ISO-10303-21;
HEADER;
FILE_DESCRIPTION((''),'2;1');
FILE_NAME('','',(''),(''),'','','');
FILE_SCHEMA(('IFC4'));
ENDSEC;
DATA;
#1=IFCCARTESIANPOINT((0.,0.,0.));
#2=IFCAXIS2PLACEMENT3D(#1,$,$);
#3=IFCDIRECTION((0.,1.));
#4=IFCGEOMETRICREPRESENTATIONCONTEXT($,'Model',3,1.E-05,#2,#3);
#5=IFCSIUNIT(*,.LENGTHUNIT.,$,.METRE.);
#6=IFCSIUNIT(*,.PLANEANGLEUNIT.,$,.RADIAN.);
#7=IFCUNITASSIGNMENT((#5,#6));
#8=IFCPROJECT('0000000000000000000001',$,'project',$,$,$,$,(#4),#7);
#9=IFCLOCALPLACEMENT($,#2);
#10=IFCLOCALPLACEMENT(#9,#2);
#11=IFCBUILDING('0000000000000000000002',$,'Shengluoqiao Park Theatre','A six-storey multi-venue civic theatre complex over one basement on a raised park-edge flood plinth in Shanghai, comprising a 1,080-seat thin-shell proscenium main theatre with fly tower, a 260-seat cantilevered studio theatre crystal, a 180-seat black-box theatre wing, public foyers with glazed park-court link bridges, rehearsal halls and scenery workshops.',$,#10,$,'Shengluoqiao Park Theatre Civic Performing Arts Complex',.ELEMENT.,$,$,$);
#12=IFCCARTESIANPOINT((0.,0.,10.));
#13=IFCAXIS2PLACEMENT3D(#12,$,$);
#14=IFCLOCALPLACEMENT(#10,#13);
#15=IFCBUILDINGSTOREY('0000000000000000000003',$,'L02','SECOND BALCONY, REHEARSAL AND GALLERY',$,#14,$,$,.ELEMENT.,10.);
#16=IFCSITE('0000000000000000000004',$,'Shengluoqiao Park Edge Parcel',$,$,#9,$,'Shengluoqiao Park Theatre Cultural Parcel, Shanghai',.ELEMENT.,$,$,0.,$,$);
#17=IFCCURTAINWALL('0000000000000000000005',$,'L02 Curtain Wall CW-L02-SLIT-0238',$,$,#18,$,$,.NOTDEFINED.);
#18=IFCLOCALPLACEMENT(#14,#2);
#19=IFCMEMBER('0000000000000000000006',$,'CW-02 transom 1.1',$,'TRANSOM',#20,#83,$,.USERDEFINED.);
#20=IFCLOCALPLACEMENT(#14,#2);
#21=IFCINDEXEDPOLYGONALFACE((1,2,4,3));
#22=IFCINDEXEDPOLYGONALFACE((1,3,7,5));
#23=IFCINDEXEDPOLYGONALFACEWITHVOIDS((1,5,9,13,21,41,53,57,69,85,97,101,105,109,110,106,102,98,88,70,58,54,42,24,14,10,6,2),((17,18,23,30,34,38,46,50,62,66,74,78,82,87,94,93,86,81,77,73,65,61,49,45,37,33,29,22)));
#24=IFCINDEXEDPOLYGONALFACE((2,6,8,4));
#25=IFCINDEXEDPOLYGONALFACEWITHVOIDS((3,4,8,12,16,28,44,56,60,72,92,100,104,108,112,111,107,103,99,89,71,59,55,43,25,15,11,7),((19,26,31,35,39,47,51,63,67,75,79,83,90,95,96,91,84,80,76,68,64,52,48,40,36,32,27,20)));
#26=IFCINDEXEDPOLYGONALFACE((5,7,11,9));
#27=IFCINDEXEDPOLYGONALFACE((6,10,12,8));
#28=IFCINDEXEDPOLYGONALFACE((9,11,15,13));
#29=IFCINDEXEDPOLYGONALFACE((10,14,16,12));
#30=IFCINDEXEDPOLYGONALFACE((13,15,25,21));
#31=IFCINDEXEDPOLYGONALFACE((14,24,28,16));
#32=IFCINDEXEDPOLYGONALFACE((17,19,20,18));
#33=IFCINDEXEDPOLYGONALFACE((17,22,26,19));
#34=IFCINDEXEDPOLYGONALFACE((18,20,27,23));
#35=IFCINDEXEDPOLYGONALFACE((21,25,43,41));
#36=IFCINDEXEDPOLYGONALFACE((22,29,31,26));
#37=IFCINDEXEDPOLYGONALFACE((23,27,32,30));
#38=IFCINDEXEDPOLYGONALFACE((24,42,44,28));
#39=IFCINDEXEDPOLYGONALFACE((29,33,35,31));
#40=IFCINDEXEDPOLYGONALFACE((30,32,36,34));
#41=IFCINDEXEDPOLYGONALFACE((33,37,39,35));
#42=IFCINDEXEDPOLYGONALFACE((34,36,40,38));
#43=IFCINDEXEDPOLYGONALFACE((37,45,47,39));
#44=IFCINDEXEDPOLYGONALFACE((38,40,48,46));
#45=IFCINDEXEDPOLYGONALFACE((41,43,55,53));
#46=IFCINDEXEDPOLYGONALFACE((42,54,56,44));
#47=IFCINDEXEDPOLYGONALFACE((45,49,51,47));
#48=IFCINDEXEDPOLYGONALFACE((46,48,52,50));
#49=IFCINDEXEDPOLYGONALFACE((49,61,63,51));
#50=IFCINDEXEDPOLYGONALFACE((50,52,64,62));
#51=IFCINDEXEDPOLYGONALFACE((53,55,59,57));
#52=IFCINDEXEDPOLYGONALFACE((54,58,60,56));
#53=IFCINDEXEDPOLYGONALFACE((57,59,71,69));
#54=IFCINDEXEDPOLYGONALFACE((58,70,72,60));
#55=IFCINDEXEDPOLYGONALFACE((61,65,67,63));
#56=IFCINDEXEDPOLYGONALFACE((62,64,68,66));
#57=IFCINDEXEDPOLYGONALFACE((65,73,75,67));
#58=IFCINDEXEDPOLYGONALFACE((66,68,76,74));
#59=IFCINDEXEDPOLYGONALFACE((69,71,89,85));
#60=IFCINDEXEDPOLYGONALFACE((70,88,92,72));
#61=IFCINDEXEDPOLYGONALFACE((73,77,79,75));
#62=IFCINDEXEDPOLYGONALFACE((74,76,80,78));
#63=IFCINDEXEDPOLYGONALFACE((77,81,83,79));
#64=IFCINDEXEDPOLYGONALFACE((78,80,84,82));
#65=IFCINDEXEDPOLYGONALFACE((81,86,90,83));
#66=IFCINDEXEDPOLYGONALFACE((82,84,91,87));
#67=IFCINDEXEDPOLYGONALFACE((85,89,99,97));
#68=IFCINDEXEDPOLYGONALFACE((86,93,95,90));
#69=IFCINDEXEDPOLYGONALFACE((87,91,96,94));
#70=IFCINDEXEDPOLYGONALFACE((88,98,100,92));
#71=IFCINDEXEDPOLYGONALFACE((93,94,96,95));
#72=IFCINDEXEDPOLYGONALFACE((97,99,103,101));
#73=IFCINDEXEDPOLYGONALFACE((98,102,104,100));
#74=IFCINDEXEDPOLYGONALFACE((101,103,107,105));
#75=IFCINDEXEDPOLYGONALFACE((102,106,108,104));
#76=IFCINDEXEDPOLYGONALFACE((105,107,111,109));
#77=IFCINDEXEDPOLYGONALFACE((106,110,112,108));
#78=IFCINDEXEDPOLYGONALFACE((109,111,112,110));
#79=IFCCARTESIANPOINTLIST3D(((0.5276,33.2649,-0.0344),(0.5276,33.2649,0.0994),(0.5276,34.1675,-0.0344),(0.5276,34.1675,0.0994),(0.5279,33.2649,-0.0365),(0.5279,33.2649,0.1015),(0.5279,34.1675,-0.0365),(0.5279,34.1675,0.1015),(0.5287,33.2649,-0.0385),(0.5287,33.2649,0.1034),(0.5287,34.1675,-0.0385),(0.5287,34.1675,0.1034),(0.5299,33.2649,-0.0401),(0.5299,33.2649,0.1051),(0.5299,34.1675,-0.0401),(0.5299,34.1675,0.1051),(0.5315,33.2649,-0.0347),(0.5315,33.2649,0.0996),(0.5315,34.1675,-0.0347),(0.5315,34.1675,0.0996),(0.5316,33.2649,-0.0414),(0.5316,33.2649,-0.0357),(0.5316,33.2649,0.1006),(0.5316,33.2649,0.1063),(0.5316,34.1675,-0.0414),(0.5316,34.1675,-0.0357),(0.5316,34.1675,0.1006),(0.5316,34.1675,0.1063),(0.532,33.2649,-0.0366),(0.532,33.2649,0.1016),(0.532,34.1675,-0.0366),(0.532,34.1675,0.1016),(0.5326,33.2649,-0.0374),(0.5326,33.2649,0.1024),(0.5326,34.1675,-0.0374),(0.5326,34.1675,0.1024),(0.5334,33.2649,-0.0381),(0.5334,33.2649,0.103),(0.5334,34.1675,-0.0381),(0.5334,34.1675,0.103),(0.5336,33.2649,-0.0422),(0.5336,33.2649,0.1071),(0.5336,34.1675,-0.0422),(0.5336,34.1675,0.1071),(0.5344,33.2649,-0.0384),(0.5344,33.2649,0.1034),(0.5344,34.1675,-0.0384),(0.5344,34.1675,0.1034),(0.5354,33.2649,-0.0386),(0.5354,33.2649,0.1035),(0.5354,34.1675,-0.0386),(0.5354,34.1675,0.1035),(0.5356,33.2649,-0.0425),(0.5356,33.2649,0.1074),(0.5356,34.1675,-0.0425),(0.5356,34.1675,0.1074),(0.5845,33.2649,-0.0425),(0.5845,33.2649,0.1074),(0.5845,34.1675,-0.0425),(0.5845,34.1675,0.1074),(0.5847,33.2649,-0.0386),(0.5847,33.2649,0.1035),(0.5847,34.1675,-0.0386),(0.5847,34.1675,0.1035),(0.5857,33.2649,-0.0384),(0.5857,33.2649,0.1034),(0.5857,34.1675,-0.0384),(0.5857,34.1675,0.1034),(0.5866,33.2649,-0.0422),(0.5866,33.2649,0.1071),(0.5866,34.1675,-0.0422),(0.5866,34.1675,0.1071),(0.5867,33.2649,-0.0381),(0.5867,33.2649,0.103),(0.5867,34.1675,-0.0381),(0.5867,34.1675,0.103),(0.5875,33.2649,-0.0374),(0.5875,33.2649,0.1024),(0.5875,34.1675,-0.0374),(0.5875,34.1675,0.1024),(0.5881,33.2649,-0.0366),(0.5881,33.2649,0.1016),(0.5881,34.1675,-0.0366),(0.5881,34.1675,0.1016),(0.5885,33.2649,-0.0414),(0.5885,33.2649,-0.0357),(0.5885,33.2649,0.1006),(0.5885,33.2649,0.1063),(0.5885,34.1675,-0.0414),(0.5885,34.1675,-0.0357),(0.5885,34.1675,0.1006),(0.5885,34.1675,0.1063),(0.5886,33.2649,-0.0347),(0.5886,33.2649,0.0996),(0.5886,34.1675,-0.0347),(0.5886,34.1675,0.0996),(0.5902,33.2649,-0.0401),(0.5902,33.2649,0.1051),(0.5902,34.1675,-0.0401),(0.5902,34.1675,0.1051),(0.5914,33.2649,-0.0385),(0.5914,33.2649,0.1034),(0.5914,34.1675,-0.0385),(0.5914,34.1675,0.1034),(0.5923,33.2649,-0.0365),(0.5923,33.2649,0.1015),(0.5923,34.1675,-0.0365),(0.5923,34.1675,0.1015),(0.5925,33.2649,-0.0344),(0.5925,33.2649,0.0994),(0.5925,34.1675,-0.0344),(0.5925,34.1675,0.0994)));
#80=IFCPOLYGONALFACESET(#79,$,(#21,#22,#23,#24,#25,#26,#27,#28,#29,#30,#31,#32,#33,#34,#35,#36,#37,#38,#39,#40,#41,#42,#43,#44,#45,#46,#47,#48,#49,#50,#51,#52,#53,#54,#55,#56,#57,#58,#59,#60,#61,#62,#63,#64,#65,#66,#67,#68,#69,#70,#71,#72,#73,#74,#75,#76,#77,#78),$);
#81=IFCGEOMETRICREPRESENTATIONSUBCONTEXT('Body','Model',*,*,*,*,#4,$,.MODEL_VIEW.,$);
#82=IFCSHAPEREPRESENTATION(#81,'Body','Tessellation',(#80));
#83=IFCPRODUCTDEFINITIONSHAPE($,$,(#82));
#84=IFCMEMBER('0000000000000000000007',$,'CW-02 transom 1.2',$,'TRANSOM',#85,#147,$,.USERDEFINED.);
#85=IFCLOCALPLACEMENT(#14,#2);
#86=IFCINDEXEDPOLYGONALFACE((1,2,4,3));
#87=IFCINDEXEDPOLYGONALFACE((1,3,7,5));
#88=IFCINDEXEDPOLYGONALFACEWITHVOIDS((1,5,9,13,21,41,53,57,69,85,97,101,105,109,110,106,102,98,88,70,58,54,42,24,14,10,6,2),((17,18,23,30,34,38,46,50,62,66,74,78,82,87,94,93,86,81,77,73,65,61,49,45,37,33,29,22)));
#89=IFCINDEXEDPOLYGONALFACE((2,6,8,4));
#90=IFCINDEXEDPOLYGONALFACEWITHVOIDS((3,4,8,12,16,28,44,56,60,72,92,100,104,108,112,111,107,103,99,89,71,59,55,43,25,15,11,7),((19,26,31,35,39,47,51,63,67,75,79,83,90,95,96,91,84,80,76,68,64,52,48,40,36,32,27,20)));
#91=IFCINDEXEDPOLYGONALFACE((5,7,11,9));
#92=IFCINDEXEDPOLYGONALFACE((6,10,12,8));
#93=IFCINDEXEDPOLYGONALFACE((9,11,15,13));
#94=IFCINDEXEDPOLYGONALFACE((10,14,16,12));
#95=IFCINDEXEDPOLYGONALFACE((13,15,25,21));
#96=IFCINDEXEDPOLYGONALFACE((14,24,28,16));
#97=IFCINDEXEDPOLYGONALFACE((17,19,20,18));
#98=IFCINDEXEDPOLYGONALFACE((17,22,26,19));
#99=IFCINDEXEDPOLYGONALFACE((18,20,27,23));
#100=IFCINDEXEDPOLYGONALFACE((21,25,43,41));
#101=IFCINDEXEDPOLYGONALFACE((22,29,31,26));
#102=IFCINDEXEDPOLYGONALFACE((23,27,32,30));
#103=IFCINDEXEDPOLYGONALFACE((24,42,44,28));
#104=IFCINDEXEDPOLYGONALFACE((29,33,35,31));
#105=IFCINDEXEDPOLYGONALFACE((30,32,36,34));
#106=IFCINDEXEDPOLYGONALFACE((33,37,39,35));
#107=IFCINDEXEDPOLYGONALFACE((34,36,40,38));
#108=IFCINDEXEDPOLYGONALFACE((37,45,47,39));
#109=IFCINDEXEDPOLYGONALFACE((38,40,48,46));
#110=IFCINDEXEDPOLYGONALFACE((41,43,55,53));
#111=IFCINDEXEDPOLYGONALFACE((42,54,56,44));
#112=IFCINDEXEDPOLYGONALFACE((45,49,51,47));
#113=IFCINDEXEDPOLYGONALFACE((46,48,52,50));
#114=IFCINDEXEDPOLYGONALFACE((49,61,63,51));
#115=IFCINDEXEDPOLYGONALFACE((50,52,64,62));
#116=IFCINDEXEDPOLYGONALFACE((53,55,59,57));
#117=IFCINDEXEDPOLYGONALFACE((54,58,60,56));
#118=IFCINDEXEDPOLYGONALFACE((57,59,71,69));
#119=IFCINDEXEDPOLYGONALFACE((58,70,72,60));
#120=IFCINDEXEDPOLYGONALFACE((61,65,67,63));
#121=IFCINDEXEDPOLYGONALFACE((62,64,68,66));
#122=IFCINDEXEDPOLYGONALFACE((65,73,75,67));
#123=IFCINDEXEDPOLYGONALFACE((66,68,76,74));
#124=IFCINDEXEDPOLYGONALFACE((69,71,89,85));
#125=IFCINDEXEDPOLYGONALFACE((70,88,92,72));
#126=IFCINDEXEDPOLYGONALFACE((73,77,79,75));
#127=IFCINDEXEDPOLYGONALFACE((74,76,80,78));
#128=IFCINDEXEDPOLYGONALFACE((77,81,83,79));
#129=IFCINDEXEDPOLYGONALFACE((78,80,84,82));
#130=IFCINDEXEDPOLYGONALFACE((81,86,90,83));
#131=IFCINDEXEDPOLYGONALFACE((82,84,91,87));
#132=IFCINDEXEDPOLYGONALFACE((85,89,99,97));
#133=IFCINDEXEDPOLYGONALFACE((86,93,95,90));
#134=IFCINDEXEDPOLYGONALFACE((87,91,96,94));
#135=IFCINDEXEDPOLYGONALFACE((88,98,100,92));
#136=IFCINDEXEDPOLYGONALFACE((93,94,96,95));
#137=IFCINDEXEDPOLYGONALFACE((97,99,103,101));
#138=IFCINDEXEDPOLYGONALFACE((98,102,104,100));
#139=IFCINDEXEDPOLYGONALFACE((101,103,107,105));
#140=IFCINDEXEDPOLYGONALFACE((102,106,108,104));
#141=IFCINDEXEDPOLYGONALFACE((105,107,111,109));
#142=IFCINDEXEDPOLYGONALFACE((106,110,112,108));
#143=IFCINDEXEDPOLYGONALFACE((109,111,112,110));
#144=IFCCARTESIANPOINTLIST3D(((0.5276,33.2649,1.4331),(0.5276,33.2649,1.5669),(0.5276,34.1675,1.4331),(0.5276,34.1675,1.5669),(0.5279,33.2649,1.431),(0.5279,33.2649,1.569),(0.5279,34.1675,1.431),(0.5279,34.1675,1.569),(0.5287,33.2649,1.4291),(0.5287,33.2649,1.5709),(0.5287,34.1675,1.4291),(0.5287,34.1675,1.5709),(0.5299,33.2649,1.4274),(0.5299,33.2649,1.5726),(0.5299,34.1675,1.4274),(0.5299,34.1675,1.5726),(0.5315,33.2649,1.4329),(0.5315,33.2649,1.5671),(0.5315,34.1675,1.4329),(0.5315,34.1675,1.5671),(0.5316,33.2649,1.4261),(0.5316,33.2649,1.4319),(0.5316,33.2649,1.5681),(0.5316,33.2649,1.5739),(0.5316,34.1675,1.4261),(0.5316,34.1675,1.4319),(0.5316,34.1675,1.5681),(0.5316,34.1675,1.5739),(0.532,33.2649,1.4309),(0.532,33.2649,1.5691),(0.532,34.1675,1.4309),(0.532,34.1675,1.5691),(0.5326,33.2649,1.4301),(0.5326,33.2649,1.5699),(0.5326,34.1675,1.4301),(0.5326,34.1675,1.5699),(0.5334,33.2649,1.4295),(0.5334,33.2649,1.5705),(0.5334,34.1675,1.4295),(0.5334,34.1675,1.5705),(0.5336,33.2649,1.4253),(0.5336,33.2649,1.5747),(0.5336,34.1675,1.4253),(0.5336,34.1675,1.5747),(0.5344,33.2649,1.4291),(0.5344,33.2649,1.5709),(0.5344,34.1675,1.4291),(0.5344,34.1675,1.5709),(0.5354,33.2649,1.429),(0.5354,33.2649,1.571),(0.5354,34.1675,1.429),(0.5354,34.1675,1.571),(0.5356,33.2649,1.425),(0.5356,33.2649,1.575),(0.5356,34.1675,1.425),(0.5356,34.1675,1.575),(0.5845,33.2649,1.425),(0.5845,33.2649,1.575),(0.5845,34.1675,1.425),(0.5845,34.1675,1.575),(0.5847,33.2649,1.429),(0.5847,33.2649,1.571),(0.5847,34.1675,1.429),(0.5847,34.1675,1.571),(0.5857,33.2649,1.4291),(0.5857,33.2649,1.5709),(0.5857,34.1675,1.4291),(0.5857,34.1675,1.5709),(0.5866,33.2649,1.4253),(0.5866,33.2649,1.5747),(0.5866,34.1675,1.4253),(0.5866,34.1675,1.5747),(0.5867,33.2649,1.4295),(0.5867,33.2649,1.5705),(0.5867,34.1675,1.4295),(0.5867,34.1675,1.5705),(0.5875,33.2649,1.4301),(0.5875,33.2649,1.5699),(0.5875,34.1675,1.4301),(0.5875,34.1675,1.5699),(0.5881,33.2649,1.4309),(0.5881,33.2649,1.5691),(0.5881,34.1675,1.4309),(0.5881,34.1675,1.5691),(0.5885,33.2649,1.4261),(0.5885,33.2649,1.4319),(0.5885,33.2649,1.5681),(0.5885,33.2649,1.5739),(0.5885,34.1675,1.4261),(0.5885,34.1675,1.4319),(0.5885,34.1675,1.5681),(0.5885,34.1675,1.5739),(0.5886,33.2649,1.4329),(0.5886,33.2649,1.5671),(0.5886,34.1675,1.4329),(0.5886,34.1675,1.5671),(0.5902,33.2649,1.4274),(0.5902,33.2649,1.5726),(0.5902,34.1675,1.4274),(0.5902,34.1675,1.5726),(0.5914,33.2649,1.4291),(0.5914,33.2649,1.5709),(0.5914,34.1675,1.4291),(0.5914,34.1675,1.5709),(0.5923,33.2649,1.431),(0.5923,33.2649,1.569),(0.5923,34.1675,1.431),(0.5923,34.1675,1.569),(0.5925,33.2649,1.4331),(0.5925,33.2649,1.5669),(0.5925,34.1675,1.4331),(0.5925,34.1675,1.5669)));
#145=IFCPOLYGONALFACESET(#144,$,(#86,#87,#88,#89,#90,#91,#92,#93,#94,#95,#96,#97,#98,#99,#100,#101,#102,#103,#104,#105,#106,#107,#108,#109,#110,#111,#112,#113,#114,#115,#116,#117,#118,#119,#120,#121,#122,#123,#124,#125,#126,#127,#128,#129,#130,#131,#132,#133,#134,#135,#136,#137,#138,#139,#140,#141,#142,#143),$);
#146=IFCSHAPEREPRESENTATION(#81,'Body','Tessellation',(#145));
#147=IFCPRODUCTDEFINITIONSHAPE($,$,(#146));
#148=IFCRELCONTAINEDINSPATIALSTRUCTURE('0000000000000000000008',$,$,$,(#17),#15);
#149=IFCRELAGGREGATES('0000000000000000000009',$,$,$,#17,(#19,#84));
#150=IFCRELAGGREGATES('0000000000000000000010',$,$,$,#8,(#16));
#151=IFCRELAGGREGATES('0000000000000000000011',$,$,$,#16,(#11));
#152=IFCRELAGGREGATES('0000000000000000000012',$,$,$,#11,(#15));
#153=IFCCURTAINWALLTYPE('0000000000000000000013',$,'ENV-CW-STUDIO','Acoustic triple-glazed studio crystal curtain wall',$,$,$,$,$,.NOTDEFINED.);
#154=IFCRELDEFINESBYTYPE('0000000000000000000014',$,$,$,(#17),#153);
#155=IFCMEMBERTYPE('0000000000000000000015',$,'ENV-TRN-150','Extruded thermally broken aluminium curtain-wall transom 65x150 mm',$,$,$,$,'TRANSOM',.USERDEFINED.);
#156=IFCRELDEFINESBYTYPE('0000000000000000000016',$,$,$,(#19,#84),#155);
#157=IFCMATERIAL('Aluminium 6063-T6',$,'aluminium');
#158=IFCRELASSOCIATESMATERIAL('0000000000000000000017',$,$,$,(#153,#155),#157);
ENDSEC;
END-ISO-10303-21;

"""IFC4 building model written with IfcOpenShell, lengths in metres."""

from ifc_helpers import new_model, si_unit, direction, frame, origin, origin_2d, place, context, subcontext, project, spatial, hollow_rectangle, extrude, material, material_profile, profile_set, type_object, element, aggregate, save


model = new_model("IFC4")

# Units and contexts
model_context = context("Model", 3, precision=1e-05, world=origin(), true_north=direction((0.0, 1.0)))
body_context = subcontext(model_context, "Body", "Model", "MODEL_VIEW")
ifc_project = project(units=[si_unit("LENGTHUNIT", "METRE"), si_unit("PLANEANGLEUNIT", "RADIAN")], contexts=[model_context])

# Site, building, storey
site_placement = place(None, origin())
site = spatial("IfcSite", under=ifc_project, at=site_placement, Name="Shengluoqiao Park Edge Parcel", LongName="Shengluoqiao Park Theatre Cultural Parcel, Shanghai", CompositionType="ELEMENT", RefElevation=0.0)
building_placement = place(site_placement, origin())
building = spatial("IfcBuilding", under=site, at=building_placement, Name="Shengluoqiao Park Theatre", Description="A six-storey multi-venue civic theatre complex over one basement on a raised park-edge flood plinth in Shanghai, comprising a 1,080-seat thin-shell proscenium main theatre with fly tower, a 260-seat cantilevered studio theatre crystal, a 180-seat black-box theatre wing, public foyers with glazed park-court link bridges, rehearsal halls and scenery workshops.", LongName="Shengluoqiao Park Theatre Civic Performing Arts Complex", CompositionType="ELEMENT")
storey_placement = place(building_placement, frame((0.0, 0.0, 10.0)))
storey = spatial("IfcBuildingStorey", under=building, at=storey_placement, Name="L02", Description="SECOND BALCONY, REHEARSAL AND GALLERY", CompositionType="ELEMENT", Elevation=10.0)

# Curtain wall, members
ifc_material_1 = material(Name="Aluminium 6063-T6", Category="aluminium")
curtain_wall_type = type_object("IfcCurtainWallType", Name="ENV-CW-STUDIO", Description="Acoustic triple-glazed studio crystal curtain wall", PredefinedType="NOTDEFINED", material=ifc_material_1)
curtain_wall_placement = place(storey_placement, origin())
curtain_wall = element("IfcCurtainWall", 1, at=curtain_wall_placement, inside=storey, type_object=curtain_wall_type, Name="L02 Curtain Wall CW-L02-SLIT-0238", PredefinedType="NOTDEFINED")
ifc_material_profile_1 = material_profile(ifc_material_1, hollow_rectangle(XDim=0.0649, YDim=0.1499, WallThickness=0.0039, InnerFilletRadius=0.0039, OuterFilletRadius=0.0081, at=origin_2d()), Name="ALU TRANSOM 150x65x4")
ifc_profile_set_1 = profile_set([ifc_material_profile_1], Name="Aluminium 6063-T6")
member_type_1 = type_object("IfcMemberType", Name="ENV-TRN-150", Description="Extruded thermally broken aluminium curtain-wall transom 65x150 mm", ElementType="TRANSOM", PredefinedType="USERDEFINED", material=ifc_profile_set_1)
member_1_placement = place(storey_placement, frame((0.5601, 33.2649, 0.0325), z_axis=(0.0, 1.0, 0.0), x_axis=(-1.0, 0.0, 0.0)))
member_1 = element("IfcMember", 2, at=member_1_placement, type_object=member_type_1, Name="CW-02 transom 1.1", ObjectType="TRANSOM", PredefinedType="USERDEFINED", context=body_context, shape_type="SweptSolid", body=[
    extrude(hollow_rectangle(XDim=0.0649, YDim=0.1499, WallThickness=0.0039, InnerFilletRadius=0.0039, OuterFilletRadius=0.0081, at=origin_2d()), origin(), (0.0, 0.0, 1.0), 0.9026),
])
member_2_placement = place(storey_placement, frame((0.5601, 33.2649, 1.5), z_axis=(0.0, 1.0, 0.0), x_axis=(-1.0, 0.0, 0.0)))
member_2 = element("IfcMember", 3, at=member_2_placement, type_object=member_type_1, Name="CW-02 transom 1.2", ObjectType="TRANSOM", PredefinedType="USERDEFINED", context=body_context, shape_type="SweptSolid", body=[
    extrude(hollow_rectangle(XDim=0.0649, YDim=0.1499, WallThickness=0.0039, InnerFilletRadius=0.0039, OuterFilletRadius=0.0081, at=origin_2d()), origin(), (0.0, 0.0, 1.0), 0.9026),
])

aggregate(curtain_wall, [member_1, member_2])

save(model, "model.ifc")
